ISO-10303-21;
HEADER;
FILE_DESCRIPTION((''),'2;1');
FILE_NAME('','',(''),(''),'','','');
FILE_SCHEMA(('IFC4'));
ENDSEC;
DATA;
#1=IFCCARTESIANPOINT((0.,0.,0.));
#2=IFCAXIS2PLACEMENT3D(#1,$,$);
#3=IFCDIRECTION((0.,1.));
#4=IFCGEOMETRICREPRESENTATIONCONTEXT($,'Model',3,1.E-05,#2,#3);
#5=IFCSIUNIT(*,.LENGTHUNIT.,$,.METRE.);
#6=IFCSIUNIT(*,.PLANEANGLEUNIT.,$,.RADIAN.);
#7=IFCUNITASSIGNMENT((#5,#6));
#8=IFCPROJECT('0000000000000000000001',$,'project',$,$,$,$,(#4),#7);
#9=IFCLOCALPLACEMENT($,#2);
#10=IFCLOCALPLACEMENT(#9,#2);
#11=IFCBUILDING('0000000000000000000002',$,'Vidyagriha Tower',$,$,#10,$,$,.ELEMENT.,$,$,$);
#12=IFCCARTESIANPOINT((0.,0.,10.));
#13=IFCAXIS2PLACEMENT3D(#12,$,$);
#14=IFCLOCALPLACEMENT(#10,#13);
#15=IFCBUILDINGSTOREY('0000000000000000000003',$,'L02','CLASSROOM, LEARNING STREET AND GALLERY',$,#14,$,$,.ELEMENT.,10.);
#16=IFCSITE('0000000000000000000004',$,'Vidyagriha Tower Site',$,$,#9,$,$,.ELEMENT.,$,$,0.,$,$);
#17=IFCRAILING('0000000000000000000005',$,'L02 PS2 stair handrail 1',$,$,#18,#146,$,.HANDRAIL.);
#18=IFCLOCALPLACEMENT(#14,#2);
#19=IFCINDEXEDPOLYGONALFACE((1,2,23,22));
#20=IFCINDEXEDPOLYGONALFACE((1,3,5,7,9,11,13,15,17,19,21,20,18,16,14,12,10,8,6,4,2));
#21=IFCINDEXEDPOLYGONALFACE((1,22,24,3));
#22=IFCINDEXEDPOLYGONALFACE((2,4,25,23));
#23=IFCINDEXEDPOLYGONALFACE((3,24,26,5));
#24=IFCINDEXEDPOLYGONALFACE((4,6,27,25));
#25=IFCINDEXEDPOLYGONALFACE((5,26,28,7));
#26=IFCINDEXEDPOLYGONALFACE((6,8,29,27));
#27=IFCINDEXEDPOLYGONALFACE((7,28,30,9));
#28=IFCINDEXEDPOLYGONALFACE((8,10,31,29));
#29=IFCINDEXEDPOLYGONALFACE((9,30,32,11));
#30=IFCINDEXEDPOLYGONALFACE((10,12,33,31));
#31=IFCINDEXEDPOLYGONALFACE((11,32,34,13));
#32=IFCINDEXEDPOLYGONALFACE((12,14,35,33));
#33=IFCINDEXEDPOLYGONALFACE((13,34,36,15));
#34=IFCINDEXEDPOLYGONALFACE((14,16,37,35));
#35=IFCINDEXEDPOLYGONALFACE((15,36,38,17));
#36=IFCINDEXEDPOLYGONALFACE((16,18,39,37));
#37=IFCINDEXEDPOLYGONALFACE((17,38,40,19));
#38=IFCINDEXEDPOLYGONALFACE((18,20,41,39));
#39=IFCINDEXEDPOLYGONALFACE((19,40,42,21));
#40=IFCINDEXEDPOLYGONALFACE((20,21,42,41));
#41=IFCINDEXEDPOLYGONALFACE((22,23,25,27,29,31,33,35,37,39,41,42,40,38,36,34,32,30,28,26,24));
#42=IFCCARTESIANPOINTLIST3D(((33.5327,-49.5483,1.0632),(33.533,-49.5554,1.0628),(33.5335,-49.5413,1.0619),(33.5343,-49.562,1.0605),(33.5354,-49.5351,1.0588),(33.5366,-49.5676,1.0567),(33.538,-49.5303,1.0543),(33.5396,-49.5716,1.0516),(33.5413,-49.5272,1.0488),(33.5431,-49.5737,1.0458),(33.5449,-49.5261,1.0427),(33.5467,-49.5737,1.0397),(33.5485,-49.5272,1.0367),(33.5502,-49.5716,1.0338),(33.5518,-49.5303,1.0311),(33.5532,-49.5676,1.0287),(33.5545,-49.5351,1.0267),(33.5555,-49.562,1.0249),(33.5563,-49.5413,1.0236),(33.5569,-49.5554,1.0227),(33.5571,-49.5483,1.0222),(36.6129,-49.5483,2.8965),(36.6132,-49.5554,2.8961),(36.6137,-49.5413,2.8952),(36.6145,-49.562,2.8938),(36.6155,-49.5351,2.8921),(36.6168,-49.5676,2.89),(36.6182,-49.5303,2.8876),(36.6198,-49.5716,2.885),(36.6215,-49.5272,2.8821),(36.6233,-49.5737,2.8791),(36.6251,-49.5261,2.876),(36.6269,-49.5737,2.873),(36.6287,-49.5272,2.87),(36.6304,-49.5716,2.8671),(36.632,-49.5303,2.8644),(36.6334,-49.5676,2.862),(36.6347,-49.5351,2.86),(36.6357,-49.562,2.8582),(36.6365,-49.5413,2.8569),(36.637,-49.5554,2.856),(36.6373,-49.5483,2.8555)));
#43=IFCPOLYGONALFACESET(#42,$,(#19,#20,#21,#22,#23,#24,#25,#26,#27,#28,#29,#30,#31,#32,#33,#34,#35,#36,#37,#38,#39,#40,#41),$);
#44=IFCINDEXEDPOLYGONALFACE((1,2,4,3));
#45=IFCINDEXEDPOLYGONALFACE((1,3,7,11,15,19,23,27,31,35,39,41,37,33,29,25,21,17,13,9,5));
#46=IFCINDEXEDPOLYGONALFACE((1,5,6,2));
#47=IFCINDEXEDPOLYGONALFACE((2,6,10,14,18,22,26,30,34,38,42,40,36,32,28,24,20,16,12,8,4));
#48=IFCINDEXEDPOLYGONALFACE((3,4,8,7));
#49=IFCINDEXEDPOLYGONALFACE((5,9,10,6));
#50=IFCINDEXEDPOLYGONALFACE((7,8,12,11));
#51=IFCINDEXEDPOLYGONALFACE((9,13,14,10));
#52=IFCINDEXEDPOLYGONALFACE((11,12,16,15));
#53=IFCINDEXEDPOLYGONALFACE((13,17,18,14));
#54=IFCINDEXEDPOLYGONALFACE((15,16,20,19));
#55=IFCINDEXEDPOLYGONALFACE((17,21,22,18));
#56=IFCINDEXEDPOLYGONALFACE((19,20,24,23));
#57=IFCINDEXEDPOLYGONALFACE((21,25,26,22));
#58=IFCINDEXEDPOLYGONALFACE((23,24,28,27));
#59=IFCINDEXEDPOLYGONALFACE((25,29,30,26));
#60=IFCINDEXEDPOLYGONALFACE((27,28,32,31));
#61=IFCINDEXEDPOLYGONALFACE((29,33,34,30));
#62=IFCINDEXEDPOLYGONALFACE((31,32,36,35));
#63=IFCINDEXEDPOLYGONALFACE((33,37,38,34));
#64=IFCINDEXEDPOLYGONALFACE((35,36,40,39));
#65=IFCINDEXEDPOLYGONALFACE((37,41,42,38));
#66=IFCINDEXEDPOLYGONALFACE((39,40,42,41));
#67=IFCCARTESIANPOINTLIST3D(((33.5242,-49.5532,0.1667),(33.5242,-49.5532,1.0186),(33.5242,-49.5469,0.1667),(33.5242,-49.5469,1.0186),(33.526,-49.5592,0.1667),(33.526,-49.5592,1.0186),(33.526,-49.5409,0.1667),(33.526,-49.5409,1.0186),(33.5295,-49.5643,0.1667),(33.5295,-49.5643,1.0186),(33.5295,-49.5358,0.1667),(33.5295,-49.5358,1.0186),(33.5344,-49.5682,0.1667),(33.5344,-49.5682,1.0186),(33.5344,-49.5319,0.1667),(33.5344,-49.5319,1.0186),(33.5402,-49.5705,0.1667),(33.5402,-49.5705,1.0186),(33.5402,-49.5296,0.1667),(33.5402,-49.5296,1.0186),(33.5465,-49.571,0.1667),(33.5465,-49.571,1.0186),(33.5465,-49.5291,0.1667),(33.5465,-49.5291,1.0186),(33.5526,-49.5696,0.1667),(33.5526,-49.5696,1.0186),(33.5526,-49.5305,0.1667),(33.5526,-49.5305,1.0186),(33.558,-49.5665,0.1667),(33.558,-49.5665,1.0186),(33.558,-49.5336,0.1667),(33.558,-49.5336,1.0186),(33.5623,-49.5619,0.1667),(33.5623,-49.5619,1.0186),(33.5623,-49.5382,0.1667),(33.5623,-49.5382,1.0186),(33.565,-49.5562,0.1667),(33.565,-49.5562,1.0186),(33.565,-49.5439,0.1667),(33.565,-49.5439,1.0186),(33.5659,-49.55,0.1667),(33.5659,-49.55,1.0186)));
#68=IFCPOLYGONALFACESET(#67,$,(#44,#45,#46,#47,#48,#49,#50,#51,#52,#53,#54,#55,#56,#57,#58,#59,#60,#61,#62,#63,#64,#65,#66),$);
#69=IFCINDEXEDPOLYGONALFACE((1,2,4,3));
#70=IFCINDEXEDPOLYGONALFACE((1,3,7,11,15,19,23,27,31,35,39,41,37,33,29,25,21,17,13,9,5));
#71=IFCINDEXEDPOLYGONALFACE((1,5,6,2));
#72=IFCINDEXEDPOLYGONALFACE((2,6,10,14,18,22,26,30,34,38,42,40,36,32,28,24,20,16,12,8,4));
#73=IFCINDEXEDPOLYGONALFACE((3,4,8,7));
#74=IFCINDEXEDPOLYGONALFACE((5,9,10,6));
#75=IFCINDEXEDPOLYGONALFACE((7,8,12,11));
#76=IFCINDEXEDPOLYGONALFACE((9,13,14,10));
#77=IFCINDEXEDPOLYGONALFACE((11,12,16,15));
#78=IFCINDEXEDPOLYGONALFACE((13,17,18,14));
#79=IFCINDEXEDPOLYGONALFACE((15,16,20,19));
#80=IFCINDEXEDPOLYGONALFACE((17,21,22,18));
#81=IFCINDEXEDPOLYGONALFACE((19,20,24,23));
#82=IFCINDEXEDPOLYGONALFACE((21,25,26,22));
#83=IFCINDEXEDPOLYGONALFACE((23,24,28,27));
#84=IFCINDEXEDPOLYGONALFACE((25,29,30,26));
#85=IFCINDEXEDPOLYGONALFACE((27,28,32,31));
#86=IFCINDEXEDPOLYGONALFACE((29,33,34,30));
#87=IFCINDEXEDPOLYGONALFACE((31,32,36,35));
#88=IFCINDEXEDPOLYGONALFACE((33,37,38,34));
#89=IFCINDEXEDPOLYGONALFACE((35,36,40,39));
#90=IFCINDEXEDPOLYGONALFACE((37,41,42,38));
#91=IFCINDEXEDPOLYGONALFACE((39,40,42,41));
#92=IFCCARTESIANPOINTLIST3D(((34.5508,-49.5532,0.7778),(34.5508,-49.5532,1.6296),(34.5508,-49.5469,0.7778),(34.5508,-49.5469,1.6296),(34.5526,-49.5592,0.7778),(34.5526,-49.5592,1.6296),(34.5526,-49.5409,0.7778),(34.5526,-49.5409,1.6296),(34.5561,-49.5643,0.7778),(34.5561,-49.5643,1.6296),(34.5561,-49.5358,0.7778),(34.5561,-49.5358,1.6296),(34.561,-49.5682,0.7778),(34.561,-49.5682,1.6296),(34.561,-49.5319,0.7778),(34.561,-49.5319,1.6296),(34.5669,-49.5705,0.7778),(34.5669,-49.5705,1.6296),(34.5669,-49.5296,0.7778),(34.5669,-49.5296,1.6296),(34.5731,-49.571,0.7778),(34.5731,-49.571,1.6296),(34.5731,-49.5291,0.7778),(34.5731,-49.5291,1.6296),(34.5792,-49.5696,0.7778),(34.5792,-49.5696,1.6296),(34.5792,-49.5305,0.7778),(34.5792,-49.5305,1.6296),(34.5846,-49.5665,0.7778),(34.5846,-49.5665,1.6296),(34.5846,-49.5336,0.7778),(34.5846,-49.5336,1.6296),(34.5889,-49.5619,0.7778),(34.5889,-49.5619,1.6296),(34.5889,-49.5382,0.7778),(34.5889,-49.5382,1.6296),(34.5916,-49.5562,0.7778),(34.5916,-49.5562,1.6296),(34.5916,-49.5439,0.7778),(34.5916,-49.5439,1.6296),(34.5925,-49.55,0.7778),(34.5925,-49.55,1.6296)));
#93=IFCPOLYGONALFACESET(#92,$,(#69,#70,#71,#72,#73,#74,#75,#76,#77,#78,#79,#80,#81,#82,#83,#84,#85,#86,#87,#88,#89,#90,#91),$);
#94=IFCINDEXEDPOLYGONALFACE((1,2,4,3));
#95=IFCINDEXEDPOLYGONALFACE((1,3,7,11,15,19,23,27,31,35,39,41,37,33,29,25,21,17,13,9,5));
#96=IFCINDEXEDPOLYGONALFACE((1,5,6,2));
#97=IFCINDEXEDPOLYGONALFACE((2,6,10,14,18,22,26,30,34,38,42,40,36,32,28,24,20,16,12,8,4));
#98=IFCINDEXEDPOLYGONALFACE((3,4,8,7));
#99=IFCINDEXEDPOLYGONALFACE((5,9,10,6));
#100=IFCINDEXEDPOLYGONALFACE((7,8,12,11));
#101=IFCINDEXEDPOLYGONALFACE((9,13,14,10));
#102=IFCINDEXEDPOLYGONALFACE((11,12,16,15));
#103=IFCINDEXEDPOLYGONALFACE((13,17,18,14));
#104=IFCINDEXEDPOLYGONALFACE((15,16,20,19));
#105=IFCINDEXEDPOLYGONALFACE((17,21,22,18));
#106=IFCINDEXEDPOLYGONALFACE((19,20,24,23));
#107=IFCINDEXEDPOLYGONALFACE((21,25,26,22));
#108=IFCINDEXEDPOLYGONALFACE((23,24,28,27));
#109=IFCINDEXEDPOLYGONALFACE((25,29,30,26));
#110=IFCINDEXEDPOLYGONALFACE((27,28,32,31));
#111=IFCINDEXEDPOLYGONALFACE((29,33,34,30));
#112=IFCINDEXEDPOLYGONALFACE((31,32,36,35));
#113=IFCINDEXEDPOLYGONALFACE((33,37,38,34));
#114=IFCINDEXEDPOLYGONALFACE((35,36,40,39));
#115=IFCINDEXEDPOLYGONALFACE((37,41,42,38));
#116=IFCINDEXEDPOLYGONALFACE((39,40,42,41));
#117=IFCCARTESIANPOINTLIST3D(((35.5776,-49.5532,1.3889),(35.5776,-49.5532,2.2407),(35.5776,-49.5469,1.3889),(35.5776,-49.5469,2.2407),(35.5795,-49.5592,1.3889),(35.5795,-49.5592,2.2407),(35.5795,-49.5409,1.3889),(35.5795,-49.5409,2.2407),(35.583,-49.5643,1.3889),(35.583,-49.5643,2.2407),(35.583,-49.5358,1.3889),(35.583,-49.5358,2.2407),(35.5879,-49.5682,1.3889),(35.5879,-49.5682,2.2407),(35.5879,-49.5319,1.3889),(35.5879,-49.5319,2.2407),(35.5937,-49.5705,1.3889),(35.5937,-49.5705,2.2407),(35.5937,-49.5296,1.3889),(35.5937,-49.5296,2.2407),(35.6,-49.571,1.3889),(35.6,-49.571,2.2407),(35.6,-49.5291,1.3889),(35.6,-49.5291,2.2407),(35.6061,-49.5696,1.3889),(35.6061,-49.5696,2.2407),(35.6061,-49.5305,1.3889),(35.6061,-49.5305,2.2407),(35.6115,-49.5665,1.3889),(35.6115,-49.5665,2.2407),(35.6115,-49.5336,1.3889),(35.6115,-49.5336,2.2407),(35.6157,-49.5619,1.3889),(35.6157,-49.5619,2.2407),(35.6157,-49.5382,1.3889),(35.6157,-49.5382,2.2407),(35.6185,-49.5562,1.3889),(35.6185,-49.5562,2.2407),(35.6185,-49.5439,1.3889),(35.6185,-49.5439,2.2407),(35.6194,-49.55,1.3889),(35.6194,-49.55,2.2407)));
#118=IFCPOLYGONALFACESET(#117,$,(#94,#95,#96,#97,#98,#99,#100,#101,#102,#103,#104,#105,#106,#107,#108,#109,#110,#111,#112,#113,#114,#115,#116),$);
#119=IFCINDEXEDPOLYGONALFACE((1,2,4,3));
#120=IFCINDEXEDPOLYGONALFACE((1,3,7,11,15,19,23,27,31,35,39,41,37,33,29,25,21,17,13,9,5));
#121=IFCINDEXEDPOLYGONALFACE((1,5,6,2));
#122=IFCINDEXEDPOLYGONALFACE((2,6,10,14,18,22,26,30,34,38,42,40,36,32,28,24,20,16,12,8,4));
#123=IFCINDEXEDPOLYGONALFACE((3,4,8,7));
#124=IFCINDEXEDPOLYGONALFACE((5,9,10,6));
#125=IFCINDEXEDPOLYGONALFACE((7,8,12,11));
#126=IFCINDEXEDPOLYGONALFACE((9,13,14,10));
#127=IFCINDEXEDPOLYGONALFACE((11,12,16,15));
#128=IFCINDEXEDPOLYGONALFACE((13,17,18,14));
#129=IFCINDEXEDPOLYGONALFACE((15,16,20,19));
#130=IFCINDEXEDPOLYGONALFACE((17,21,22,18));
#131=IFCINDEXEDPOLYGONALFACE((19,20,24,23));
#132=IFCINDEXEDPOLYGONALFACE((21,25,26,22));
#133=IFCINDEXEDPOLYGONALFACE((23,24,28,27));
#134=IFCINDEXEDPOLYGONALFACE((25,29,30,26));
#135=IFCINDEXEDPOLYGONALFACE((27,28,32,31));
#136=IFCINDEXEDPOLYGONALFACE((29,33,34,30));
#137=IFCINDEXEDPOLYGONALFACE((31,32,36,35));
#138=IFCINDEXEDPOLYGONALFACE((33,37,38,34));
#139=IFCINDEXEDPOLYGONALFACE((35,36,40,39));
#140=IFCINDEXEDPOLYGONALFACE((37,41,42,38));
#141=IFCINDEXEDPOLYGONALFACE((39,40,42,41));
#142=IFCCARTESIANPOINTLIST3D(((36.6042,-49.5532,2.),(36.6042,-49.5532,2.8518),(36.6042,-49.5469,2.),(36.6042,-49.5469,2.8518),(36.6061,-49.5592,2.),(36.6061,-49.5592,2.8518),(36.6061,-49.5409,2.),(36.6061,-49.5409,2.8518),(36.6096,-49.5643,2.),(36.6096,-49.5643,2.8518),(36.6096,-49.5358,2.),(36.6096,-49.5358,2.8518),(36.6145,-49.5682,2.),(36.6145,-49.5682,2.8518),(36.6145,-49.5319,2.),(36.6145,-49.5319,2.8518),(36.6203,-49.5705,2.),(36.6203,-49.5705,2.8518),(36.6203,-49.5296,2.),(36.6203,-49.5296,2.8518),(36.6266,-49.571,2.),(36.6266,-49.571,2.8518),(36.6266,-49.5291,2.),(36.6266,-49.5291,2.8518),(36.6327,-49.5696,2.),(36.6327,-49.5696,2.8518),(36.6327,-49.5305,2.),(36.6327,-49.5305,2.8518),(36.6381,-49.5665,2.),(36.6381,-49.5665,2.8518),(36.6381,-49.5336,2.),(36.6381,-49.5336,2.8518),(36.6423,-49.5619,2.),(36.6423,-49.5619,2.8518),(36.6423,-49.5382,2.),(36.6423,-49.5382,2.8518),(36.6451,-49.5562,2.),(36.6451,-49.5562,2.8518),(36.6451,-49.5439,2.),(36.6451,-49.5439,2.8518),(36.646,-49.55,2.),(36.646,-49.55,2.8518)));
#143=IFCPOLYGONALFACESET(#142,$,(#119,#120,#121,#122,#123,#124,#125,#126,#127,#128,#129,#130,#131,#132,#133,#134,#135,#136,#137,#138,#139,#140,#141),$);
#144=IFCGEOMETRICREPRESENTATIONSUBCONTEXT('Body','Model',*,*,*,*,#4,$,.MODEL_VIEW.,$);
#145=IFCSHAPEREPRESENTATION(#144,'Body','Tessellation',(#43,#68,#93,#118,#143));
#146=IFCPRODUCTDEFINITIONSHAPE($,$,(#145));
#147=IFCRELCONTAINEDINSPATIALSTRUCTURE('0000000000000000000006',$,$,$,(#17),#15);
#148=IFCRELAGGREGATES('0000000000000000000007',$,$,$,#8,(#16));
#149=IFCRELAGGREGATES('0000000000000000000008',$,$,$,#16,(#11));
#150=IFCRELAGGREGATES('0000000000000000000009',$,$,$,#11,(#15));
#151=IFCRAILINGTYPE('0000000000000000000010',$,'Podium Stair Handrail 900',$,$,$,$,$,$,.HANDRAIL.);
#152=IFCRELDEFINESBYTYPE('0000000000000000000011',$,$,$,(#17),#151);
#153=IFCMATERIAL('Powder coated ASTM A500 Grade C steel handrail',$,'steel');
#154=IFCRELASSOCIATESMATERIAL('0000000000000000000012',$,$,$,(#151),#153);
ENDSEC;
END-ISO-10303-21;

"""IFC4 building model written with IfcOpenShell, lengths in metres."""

from ifc_helpers import new_model, si_unit, direction, frame, origin, origin_2d, place, context, subcontext, project, spatial, circle, extrude, material, type_object, element, save


model = new_model("IFC4")

# Units and contexts
model_context = context("Model", 3, precision=1e-05, world=origin(), true_north=direction((0.0, 1.0)))
body_context = subcontext(model_context, "Body", "Model", "MODEL_VIEW")
ifc_project = project(units=[si_unit("LENGTHUNIT", "METRE"), si_unit("PLANEANGLEUNIT", "RADIAN")], contexts=[model_context])

# Site, building, storey
site_placement = place(None, origin())
site = spatial("IfcSite", under=ifc_project, at=site_placement, Name="Vidyagriha Tower Site", CompositionType="ELEMENT", RefElevation=0.0)
building_placement = place(site_placement, origin())
building = spatial("IfcBuilding", under=site, at=building_placement, Name="Vidyagriha Tower", CompositionType="ELEMENT")
storey_placement = place(building_placement, frame((0.0, 0.0, 10.0)))
storey = spatial("IfcBuildingStorey", under=building, at=storey_placement, Name="L02", Description="CLASSROOM, LEARNING STREET AND GALLERY", CompositionType="ELEMENT", Elevation=10.0)

# Railing
ifc_material_1 = material(Name="Powder coated ASTM A500 Grade C steel handrail", Category="steel")
railing_type_1 = type_object("IfcRailingType", Name="Podium Stair Handrail 900", PredefinedType="HANDRAIL", material=ifc_material_1)
railing_1_placement = place(storey_placement, frame((33.5449, -49.55, 0.1667)))
element("IfcRailing", 1, at=railing_1_placement, inside=storey, type_object=railing_type_1, Name="L02 PS2 stair handrail 1", PredefinedType="HANDRAIL", context=body_context, shape_type="SweptSolid", body=[
    extrude(circle(Radius=0.0239, at=origin_2d()), frame((0.0, 0.0, 0.876), z_axis=(0.859309, 0.0, 0.511458), x_axis=(0.0, 1.0, 0.0)), (0.0, 0.0, 1.0), 3.5845),
    extrude(circle(Radius=0.021, at=origin_2d()), origin(), (0.0, 0.0, 1.0), 0.8518),
    extrude(circle(Radius=0.021, at=origin_2d()), frame((1.0266, 0.0, 0.6111)), (0.0, 0.0, 1.0), 0.8518),
    extrude(circle(Radius=0.021, at=origin_2d()), frame((2.0535, 0.0, 1.2222)), (0.0, 0.0, 1.0), 0.8518),
    extrude(circle(Radius=0.021, at=origin_2d()), frame((3.0801, 0.0, 1.8333)), (0.0, 0.0, 1.0), 0.8518),
])

save(model, "model.ifc")
